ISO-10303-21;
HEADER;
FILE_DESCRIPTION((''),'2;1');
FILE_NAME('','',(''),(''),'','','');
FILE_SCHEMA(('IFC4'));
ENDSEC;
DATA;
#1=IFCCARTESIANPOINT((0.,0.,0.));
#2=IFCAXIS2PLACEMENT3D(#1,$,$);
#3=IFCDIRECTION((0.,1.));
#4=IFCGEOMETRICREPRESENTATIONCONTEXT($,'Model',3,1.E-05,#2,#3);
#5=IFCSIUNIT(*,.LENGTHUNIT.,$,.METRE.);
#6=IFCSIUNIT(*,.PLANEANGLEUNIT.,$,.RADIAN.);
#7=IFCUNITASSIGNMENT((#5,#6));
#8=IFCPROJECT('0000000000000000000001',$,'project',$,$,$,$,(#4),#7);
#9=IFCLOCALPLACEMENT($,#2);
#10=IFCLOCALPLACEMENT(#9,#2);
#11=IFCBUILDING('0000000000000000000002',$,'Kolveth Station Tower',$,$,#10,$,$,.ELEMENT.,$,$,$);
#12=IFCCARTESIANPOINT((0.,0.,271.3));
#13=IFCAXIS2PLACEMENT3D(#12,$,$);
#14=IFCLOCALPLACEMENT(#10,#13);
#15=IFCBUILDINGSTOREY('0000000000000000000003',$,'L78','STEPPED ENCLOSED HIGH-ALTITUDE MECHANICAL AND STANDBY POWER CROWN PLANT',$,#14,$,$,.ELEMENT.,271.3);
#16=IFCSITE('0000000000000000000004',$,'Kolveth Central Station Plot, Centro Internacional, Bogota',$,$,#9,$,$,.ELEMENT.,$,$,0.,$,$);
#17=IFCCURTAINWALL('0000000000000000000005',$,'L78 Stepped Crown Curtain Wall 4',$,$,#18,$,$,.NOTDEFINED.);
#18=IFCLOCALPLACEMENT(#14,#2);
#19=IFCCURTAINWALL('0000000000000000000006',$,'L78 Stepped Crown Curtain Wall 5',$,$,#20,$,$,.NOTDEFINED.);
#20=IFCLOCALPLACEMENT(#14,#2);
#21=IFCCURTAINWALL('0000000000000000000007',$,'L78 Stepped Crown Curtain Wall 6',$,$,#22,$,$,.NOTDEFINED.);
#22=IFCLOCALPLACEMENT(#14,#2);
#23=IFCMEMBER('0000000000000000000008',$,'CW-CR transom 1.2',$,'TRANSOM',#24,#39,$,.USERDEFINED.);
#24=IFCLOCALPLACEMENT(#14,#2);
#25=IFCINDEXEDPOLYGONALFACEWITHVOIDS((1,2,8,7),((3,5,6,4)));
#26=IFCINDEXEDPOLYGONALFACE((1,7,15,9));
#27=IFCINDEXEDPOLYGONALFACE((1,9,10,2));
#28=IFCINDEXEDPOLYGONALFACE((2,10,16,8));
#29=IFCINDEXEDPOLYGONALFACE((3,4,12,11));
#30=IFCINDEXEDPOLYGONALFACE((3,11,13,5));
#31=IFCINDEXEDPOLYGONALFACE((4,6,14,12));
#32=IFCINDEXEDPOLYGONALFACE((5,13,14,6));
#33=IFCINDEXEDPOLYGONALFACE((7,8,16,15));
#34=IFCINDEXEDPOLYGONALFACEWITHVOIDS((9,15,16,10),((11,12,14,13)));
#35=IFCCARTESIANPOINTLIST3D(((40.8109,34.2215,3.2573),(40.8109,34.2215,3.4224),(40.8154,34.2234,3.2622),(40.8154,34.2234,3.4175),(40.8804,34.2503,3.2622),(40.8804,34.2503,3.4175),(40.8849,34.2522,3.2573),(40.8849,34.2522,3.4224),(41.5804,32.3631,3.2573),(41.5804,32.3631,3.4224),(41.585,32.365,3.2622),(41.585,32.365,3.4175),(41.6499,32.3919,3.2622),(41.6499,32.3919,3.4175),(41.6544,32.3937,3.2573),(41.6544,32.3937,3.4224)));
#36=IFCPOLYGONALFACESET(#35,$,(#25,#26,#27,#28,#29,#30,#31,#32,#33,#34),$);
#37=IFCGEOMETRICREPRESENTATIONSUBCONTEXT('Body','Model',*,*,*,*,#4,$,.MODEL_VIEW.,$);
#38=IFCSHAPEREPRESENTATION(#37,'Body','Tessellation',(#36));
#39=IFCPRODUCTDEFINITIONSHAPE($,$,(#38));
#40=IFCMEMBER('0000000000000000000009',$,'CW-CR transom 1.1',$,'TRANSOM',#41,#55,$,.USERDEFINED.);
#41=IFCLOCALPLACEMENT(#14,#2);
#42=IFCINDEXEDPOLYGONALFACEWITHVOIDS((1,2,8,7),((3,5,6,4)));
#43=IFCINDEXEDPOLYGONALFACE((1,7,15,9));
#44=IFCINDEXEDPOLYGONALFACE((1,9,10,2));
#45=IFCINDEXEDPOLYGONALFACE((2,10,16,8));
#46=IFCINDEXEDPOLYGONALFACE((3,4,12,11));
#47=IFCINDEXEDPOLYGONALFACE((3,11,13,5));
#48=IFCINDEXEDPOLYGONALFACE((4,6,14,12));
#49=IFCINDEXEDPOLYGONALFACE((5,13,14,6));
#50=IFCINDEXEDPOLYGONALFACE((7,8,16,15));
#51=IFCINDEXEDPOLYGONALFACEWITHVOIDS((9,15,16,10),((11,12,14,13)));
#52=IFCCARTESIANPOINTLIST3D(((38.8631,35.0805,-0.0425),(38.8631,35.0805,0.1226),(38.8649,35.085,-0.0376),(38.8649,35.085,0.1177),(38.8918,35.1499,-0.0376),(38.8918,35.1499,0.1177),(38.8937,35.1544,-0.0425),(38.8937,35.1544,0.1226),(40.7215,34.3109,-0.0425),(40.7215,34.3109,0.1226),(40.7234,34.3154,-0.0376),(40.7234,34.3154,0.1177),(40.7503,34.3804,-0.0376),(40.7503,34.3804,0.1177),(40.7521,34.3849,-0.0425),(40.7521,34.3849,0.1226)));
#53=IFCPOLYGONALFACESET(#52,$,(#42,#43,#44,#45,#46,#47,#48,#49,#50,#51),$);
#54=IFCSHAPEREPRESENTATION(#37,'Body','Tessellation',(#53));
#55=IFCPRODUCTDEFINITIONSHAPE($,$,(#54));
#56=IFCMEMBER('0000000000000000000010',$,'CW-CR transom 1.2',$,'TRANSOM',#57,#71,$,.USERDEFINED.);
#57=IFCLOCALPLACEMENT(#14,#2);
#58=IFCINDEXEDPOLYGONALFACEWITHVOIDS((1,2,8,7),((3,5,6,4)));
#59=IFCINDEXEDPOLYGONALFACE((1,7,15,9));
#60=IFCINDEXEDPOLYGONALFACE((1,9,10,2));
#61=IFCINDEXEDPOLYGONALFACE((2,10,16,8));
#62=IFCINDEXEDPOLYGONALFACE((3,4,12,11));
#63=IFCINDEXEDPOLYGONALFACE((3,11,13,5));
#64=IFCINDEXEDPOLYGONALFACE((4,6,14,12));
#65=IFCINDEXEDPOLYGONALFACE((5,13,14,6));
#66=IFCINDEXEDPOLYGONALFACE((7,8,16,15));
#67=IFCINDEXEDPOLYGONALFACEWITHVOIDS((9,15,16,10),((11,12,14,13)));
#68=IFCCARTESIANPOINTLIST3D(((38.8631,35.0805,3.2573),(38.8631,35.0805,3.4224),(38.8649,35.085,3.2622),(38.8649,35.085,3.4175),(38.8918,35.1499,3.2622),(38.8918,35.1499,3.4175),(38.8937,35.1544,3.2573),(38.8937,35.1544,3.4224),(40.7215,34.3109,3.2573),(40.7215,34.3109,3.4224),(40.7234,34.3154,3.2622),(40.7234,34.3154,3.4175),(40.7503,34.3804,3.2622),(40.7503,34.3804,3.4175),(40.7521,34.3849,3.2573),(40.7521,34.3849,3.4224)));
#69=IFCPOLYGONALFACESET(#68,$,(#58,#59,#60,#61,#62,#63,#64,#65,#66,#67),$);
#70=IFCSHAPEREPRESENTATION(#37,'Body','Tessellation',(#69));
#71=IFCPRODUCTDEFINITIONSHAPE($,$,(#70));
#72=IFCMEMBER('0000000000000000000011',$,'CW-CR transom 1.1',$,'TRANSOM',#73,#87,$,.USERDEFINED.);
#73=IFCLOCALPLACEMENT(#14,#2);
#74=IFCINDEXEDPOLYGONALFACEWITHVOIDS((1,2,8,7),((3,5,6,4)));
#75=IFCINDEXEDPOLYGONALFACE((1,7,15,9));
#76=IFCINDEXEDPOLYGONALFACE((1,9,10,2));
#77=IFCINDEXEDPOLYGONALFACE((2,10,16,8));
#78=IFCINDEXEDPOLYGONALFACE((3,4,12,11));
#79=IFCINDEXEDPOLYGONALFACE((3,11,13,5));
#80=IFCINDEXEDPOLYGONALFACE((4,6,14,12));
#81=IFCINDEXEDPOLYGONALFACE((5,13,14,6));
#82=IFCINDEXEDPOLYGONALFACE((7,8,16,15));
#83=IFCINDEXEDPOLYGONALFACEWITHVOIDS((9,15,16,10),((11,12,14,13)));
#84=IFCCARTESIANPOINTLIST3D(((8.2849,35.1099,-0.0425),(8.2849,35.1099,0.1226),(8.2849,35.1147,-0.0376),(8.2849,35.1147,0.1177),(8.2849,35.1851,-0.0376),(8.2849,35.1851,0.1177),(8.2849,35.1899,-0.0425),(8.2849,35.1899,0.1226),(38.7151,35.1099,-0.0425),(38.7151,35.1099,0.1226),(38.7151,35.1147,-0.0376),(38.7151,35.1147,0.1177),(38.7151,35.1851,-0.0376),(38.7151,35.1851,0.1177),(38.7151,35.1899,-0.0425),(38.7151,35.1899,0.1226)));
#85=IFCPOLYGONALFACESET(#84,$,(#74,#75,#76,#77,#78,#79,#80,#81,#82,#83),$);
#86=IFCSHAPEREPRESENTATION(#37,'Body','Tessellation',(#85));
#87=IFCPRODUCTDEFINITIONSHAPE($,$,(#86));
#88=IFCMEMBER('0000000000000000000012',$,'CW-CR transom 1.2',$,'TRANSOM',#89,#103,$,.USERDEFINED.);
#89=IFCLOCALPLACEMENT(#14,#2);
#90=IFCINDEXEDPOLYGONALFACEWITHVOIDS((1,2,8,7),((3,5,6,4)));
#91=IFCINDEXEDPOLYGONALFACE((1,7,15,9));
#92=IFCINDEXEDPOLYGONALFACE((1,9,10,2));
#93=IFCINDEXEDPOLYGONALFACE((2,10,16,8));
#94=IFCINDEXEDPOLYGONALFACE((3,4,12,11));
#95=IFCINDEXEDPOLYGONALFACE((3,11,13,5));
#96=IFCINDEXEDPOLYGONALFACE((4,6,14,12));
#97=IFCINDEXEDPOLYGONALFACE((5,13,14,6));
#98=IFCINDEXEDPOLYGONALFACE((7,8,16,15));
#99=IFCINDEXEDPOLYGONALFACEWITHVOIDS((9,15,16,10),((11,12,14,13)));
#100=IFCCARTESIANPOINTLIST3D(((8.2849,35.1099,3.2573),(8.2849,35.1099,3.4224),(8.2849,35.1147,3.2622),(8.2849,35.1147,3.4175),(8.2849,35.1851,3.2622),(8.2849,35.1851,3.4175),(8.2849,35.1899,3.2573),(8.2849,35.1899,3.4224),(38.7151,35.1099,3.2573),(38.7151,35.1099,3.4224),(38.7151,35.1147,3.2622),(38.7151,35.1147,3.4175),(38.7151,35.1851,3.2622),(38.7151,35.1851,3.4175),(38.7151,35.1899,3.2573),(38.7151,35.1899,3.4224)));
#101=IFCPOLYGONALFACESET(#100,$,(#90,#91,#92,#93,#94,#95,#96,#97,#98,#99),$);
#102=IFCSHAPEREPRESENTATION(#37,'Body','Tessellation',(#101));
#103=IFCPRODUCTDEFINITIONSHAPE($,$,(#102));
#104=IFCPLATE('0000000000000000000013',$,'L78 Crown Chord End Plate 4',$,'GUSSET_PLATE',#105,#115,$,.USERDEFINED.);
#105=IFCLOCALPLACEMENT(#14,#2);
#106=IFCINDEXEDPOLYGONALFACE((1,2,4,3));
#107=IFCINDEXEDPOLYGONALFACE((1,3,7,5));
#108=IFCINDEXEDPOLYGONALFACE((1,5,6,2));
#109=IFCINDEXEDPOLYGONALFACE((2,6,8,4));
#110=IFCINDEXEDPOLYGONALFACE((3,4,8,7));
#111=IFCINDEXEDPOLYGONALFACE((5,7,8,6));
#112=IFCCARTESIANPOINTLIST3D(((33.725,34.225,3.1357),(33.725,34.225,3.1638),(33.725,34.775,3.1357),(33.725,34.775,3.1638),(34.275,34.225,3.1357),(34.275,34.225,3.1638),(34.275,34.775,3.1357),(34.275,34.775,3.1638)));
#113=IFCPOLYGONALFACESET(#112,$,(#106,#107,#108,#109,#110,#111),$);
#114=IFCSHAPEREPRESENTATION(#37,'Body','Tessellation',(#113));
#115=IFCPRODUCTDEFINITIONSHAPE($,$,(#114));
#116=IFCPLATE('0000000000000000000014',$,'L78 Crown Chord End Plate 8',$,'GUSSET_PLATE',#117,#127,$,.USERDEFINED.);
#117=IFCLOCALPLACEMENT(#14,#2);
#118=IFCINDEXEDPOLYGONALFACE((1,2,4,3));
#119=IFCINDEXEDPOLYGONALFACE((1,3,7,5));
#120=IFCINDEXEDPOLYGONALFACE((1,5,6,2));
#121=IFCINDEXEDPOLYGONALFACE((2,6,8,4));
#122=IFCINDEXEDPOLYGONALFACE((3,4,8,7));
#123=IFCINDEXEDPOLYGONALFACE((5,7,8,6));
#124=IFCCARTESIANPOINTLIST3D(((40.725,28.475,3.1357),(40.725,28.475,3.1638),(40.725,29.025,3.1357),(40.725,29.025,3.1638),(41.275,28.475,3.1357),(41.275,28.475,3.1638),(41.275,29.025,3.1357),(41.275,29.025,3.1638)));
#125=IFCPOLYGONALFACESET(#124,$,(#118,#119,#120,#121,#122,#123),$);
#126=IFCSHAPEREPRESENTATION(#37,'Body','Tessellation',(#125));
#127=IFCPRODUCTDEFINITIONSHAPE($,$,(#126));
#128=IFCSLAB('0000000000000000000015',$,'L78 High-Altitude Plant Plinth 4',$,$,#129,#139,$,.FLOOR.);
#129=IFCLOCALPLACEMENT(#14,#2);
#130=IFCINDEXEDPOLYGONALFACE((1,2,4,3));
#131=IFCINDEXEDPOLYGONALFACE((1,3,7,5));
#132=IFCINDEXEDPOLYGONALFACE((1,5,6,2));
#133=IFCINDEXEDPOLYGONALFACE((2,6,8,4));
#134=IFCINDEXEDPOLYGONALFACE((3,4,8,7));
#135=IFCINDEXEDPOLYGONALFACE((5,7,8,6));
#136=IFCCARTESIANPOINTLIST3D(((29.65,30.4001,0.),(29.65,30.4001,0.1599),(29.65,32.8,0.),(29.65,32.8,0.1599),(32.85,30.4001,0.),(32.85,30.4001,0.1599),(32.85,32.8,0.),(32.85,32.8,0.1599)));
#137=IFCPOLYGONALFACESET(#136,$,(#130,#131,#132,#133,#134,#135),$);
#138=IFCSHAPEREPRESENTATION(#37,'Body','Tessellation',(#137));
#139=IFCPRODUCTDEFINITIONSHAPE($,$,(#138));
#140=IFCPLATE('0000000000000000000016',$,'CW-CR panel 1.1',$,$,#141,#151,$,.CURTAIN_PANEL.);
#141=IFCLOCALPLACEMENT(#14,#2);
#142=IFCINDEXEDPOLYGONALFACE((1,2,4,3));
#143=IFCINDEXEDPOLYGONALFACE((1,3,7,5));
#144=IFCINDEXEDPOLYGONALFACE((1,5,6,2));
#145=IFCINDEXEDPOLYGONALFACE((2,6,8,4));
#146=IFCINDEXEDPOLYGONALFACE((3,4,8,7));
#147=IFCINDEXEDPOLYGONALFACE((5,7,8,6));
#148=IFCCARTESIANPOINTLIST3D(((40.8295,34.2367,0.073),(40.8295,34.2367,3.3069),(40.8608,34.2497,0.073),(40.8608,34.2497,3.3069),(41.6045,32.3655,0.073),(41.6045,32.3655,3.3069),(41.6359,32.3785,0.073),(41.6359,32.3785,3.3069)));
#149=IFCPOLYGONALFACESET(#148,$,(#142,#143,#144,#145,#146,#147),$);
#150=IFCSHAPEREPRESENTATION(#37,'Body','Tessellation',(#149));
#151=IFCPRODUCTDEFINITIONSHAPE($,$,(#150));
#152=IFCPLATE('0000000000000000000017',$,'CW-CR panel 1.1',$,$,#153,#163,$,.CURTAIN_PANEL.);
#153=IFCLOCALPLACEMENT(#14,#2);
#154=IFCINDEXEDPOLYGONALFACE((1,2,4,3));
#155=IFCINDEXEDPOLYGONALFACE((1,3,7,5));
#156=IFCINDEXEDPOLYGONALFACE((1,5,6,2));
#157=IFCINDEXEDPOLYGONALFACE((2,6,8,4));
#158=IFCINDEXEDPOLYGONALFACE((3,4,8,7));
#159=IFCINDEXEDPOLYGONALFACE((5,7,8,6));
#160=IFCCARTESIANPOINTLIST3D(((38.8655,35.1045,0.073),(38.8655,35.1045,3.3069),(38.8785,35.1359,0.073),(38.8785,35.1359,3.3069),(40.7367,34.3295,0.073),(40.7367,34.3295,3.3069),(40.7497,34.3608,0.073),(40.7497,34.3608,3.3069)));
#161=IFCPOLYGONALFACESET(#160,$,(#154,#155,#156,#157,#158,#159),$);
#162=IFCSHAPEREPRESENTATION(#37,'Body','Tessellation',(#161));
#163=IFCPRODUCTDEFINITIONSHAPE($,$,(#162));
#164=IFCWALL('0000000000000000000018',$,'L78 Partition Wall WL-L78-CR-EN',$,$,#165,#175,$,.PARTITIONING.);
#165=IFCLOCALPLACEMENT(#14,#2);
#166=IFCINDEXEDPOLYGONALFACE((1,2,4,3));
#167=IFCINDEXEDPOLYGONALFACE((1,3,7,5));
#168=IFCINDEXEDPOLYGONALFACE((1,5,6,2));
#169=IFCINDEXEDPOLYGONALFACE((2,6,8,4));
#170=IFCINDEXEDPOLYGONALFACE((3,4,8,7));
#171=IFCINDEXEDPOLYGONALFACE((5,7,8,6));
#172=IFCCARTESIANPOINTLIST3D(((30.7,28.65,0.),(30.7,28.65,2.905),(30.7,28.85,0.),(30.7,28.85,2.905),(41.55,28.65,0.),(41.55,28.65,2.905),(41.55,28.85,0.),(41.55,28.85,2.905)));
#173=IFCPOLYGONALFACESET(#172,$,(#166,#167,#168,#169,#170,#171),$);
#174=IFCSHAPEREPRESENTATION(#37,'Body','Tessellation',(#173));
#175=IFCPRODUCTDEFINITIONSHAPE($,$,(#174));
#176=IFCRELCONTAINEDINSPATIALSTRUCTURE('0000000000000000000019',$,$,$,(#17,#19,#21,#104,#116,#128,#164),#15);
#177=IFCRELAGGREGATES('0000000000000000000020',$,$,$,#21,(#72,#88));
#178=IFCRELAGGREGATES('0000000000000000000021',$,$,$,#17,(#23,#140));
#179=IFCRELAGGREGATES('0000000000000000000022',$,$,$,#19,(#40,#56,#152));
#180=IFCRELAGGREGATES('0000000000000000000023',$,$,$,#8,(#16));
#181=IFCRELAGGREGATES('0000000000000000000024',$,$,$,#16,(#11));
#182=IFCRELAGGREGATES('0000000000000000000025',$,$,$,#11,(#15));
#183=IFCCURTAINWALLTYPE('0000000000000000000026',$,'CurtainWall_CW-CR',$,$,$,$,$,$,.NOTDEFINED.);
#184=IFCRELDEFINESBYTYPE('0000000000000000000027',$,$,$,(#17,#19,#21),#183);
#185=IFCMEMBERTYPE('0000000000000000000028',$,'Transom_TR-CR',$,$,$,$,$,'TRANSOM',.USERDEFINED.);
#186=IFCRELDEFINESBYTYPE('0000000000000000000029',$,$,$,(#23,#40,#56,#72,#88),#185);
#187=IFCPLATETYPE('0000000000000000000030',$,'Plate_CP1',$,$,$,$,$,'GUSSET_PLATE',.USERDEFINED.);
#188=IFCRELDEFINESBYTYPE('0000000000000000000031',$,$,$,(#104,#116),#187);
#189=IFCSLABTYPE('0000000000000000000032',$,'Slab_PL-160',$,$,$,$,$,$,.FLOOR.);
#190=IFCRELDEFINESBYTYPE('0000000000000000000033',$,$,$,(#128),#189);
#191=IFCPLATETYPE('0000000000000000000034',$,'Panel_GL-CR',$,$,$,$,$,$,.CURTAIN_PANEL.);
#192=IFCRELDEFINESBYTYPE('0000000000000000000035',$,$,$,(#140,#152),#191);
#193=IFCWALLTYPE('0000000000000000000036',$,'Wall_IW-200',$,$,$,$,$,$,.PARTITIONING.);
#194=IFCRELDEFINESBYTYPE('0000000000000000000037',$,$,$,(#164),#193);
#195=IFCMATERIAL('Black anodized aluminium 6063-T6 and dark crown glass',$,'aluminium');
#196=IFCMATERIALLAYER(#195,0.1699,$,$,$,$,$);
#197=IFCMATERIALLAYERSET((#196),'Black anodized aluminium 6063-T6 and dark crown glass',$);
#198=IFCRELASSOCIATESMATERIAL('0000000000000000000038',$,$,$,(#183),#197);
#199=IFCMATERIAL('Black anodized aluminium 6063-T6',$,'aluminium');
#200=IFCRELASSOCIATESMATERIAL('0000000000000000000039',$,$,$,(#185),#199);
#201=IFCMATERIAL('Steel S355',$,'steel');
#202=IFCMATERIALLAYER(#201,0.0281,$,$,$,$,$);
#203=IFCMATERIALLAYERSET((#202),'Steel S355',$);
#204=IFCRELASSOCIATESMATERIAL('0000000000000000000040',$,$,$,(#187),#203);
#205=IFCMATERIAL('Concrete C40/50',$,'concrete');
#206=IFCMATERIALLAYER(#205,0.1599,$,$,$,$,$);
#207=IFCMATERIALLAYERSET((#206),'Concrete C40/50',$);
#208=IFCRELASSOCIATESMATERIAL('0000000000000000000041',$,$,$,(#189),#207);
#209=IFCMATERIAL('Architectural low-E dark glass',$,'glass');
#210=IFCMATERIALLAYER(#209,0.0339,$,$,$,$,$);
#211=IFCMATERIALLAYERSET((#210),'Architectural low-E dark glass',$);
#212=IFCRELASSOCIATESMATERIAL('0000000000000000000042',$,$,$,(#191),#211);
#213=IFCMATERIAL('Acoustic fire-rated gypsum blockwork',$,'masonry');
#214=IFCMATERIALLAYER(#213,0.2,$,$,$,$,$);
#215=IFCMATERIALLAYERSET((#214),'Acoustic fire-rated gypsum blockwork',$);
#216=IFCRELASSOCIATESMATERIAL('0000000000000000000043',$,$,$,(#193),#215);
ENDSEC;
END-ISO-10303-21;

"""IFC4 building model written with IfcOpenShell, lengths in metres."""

from ifc_helpers import new_model, si_unit, direction, frame, frame_2d, origin, origin_2d, place, context, subcontext, project, spatial, rectangle, hollow_rectangle, extrude, source, transform, mapped, material, layer, layer_set, material_profile, profile_set, type_object, element, aggregate, save


model = new_model("IFC4")

# Units and contexts
model_context = context("Model", 3, precision=1e-05, world=origin(), true_north=direction((0.0, 1.0)))
body_context = subcontext(model_context, "Body", "Model", "MODEL_VIEW")
ifc_project = project(units=[si_unit("LENGTHUNIT", "METRE"), si_unit("PLANEANGLEUNIT", "RADIAN")], contexts=[model_context])

# Site, building, storey
site_placement = place(None, origin())
site = spatial("IfcSite", under=ifc_project, at=site_placement, Name="Kolveth Central Station Plot, Centro Internacional, Bogota", CompositionType="ELEMENT", RefElevation=0.0)
building_placement = place(site_placement, origin())
building = spatial("IfcBuilding", under=site, at=building_placement, Name="Kolveth Station Tower", CompositionType="ELEMENT")
storey_placement = place(building_placement, frame((0.0, 0.0, 271.3)))
storey = spatial("IfcBuildingStorey", under=building, at=storey_placement, Name="L78", Description="STEPPED ENCLOSED HIGH-ALTITUDE MECHANICAL AND STANDBY POWER CROWN PLANT", CompositionType="ELEMENT", Elevation=271.3)

# Shared definitions
ifc_material_1 = material(Name="Steel S355", Category="steel")

# Shared definitions
ifc_material_2 = material(Name="Black anodized aluminium 6063-T6 and dark crown glass", Category="aluminium")
ifc_layer_1 = layer(ifc_material_2, 0.1699)
ifc_layer_set_1 = layer_set([ifc_layer_1], Name="Black anodized aluminium 6063-T6 and dark crown glass")
curtain_wall_type = type_object("IfcCurtainWallType", Name="CurtainWall_CW-CR", PredefinedType="NOTDEFINED", material=ifc_layer_set_1)
ifc_material_3 = material(Name="Black anodized aluminium 6063-T6", Category="aluminium")

# Curtain walls
curtain_wall_1_placement = place(storey_placement, origin())
curtain_wall_1 = element("IfcCurtainWall", 1, at=curtain_wall_1_placement, inside=storey, type_object=curtain_wall_type, Name="L78 Stepped Crown Curtain Wall 4", PredefinedType="NOTDEFINED")
curtain_wall_2_placement = place(storey_placement, origin())
curtain_wall_2 = element("IfcCurtainWall", 2, at=curtain_wall_2_placement, inside=storey, type_object=curtain_wall_type, Name="L78 Stepped Crown Curtain Wall 5", PredefinedType="NOTDEFINED")

# Curtain wall
curtain_wall_3_placement = place(storey_placement, origin())
curtain_wall_3 = element("IfcCurtainWall", 3, at=curtain_wall_3_placement, inside=storey, type_object=curtain_wall_type, Name="L78 Stepped Crown Curtain Wall 6", PredefinedType="NOTDEFINED")

# Members
ifc_material_profile_1 = material_profile(ifc_material_3, hollow_rectangle(XDim=0.0801, YDim=0.165, WallThickness=0.0049, at=origin_2d()), Name="ALU-80x165x5")
ifc_profile_set_1 = profile_set([ifc_material_profile_1], Name="Black anodized aluminium 6063-T6")
member_type_1 = type_object("IfcMemberType", Name="Transom_TR-CR", ElementType="TRANSOM", PredefinedType="USERDEFINED", material=ifc_profile_set_1)
shared_shape_1 = source(origin(), body_context, "Body", "SweptSolid", [
    extrude(hollow_rectangle(XDim=0.0801, YDim=0.165, WallThickness=0.0049, at=origin_2d()), origin(), (0.0, 0.0, 1.0), 2.0115),
])
member_1_placement = place(storey_placement, frame((41.6174, 32.3784, 3.3398), z_axis=(-0.38258, 0.923922, 0.0), x_axis=(-0.923922, -0.38258, 0.0)))
member_1 = element("IfcMember", 4, at=member_1_placement, type_object=member_type_1, Name="CW-CR transom 1.2", ObjectType="TRANSOM", PredefinedType="USERDEFINED", context=body_context, shape_type="MappedRepresentation", body=[
    mapped(shared_shape_1, transform((0.0, 0.0, 0.0), x_axis=(1.0, 0.0, 0.0), y_axis=(0.0, 1.0, 0.0), z_axis=(0.0, 0.0, 1.0), scale=1.0)),
])
member_2_placement = place(storey_placement, frame((40.7368, 34.3479, 0.04), z_axis=(-0.923922, 0.38258, 0.0), x_axis=(-0.38258, -0.923922, 0.0)))
member_2 = element("IfcMember", 5, at=member_2_placement, type_object=member_type_1, Name="CW-CR transom 1.1", ObjectType="TRANSOM", PredefinedType="USERDEFINED", context=body_context, shape_type="MappedRepresentation", body=[
    mapped(shared_shape_1, transform((0.0, 0.0, 0.0), x_axis=(1.0, 0.0, 0.0), y_axis=(0.0, 1.0, 0.0), z_axis=(0.0, 0.0, 1.0), scale=1.0)),
])
member_3_placement = place(storey_placement, frame((40.7368, 34.3479, 3.3398), z_axis=(-0.923922, 0.38258, 0.0), x_axis=(-0.38258, -0.923922, 0.0)))
member_3 = element("IfcMember", 6, at=member_3_placement, type_object=member_type_1, Name="CW-CR transom 1.2", ObjectType="TRANSOM", PredefinedType="USERDEFINED", context=body_context, shape_type="MappedRepresentation", body=[
    mapped(shared_shape_1, transform((0.0, 0.0, 0.0), x_axis=(1.0, 0.0, 0.0), y_axis=(0.0, 1.0, 0.0), z_axis=(0.0, 0.0, 1.0), scale=1.0)),
])
shared_shape_2 = source(origin(), body_context, "Body", "SweptSolid", [
    extrude(hollow_rectangle(XDim=0.0801, YDim=0.165, WallThickness=0.0049, at=origin_2d()), origin(), (0.0, 0.0, 1.0), 30.4302),
])
member_4_placement = place(storey_placement, frame((38.7151, 35.1499, 0.04), z_axis=(-1.0, 0.0, 0.0), x_axis=(0.0, -1.0, 0.0)))
member_4 = element("IfcMember", 7, at=member_4_placement, type_object=member_type_1, Name="CW-CR transom 1.1", ObjectType="TRANSOM", PredefinedType="USERDEFINED", context=body_context, shape_type="MappedRepresentation", body=[
    mapped(shared_shape_2, transform((0.0, 0.0, 0.0), x_axis=(1.0, 0.0, 0.0), y_axis=(0.0, 1.0, 0.0), z_axis=(0.0, 0.0, 1.0), scale=1.0)),
])
member_5_placement = place(storey_placement, frame((38.7151, 35.1499, 3.3398), z_axis=(-1.0, 0.0, 0.0), x_axis=(0.0, -1.0, 0.0)))
member_5 = element("IfcMember", 8, at=member_5_placement, type_object=member_type_1, Name="CW-CR transom 1.2", ObjectType="TRANSOM", PredefinedType="USERDEFINED", context=body_context, shape_type="MappedRepresentation", body=[
    mapped(shared_shape_2, transform((0.0, 0.0, 0.0), x_axis=(1.0, 0.0, 0.0), y_axis=(0.0, 1.0, 0.0), z_axis=(0.0, 0.0, 1.0), scale=1.0)),
])
aggregate(curtain_wall_3, [member_4, member_5])

# Plates
ifc_layer_2 = layer(ifc_material_1, 0.0281)
ifc_layer_set_2 = layer_set([ifc_layer_2], Name="Steel S355")
plate_type_1 = type_object("IfcPlateType", Name="Plate_CP1", ElementType="GUSSET_PLATE", PredefinedType="USERDEFINED", material=ifc_layer_set_2)
shared_shape_3 = source(origin(), body_context, "Body", "SweptSolid", [
    extrude(rectangle(XDim=0.55, YDim=0.55, at=origin_2d()), origin(), (0.0, 0.0, 1.0), 0.0281),
])
for number, where, z_axis, x_axis, name in (
    (9, (34.0, 34.5, 3.1357), (0.0, 0.0, 1.0), (1.0, 0.0, 0.0), "L78 Crown Chord End Plate 4"),
    (10, (41.0, 28.75, 3.1357), (0.0, 0.0, 1.0), (1.0, 0.0, 0.0), "L78 Crown Chord End Plate 8"),
):
    element("IfcPlate", number, at=place(storey_placement, frame(where, z_axis=z_axis, x_axis=x_axis)), inside=storey, type_object=plate_type_1, Name=name, ObjectType="GUSSET_PLATE", PredefinedType="USERDEFINED", context=body_context, shape_type="MappedRepresentation", body=[
        mapped(shared_shape_3, transform((0.0, 0.0, 0.0), x_axis=(1.0, 0.0, 0.0), y_axis=(0.0, 1.0, 0.0), z_axis=(0.0, 0.0, 1.0), scale=1.0)),
    ])

# Slab
ifc_material_4 = material(Name="Concrete C40/50", Category="concrete")
ifc_layer_3 = layer(ifc_material_4, 0.1599)
ifc_layer_set_3 = layer_set([ifc_layer_3], Name="Concrete C40/50")
slab_type = type_object("IfcSlabType", Name="Slab_PL-160", PredefinedType="FLOOR", material=ifc_layer_set_3)
shared_shape_4 = source(origin(), body_context, "Body", "SweptSolid", [
    extrude(rectangle(XDim=3.2, YDim=2.3999, at=origin_2d()), origin(), (0.0, 0.0, 1.0), 0.1599),
])
slab_placement = place(storey_placement, frame((31.25, 31.6001, 0.0), z_axis=(0.0, 0.0, 1.0), x_axis=(1.0, 0.0, 0.0)))
element("IfcSlab", 11, at=slab_placement, inside=storey, type_object=slab_type, Name="L78 High-Altitude Plant Plinth 4", PredefinedType="FLOOR", context=body_context, shape_type="MappedRepresentation", body=[
    mapped(shared_shape_4, transform((0.0, 0.0, 0.0), x_axis=(1.0, 0.0, 0.0), y_axis=(0.0, 1.0, 0.0), z_axis=(0.0, 0.0, 1.0), scale=1.0)),
])

# Plates
ifc_material_5 = material(Name="Architectural low-E dark glass", Category="glass")
ifc_layer_4 = layer(ifc_material_5, 0.0339)
ifc_layer_set_4 = layer_set([ifc_layer_4], Name="Architectural low-E dark glass")
plate_type_2 = type_object("IfcPlateType", Name="Panel_GL-CR", PredefinedType="CURTAIN_PANEL", material=ifc_layer_set_4)
shared_shape_5 = source(origin(), body_context, "Body", "SweptSolid", [
    extrude(rectangle(XDim=2.0254, YDim=0.0339, at=origin_2d()), origin(), (0.0, 0.0, 1.0), 3.2339),
])
plate_1_placement = place(storey_placement, frame((41.2327, 33.3076, 0.073), z_axis=(0.0, 0.0, 1.0), x_axis=(-0.382658, 0.92389, 0.0)))
plate_1 = element("IfcPlate", 12, at=plate_1_placement, type_object=plate_type_2, Name="CW-CR panel 1.1", PredefinedType="CURTAIN_PANEL", context=body_context, shape_type="MappedRepresentation", body=[
    mapped(shared_shape_5, transform((0.0, 0.0, 0.0), x_axis=(1.0, 0.0, 0.0), y_axis=(0.0, 1.0, 0.0), z_axis=(0.0, 0.0, 1.0), scale=1.0)),
])
aggregate(curtain_wall_1, [member_1, plate_1])
plate_2_placement = place(storey_placement, frame((39.8076, 34.7327, 0.073), z_axis=(0.0, 0.0, 1.0), x_axis=(-0.92389, 0.382658, 0.0)))
plate_2 = element("IfcPlate", 13, at=plate_2_placement, type_object=plate_type_2, Name="CW-CR panel 1.1", PredefinedType="CURTAIN_PANEL", context=body_context, shape_type="MappedRepresentation", body=[
    mapped(shared_shape_5, transform((0.0, 0.0, 0.0), x_axis=(1.0, 0.0, 0.0), y_axis=(0.0, 1.0, 0.0), z_axis=(0.0, 0.0, 1.0), scale=1.0)),
])
aggregate(curtain_wall_2, [member_2, member_3, plate_2])

# Wall
ifc_material_6 = material(Name="Acoustic fire-rated gypsum blockwork", Category="masonry")
ifc_layer_5 = layer(ifc_material_6, 0.2)
ifc_layer_set_5 = layer_set([ifc_layer_5], Name="Acoustic fire-rated gypsum blockwork")
wall_type = type_object("IfcWallType", Name="Wall_IW-200", PredefinedType="PARTITIONING", material=ifc_layer_set_5)
wall_placement = place(storey_placement, frame((30.7, 28.75, 0.0), z_axis=(0.0, 0.0, 1.0), x_axis=(1.0, 0.0, 0.0)))
element("IfcWall", 14, at=wall_placement, inside=storey, type_object=wall_type, Name="L78 Partition Wall WL-L78-CR-EN", PredefinedType="PARTITIONING", context=body_context, shape_type="SweptSolid", body=[
    extrude(rectangle(XDim=10.8501, YDim=0.2, at=frame_2d((5.425, 0.0))), origin(), (0.0, 0.0, 1.0), 2.905),
])

save(model, "model.ifc")
